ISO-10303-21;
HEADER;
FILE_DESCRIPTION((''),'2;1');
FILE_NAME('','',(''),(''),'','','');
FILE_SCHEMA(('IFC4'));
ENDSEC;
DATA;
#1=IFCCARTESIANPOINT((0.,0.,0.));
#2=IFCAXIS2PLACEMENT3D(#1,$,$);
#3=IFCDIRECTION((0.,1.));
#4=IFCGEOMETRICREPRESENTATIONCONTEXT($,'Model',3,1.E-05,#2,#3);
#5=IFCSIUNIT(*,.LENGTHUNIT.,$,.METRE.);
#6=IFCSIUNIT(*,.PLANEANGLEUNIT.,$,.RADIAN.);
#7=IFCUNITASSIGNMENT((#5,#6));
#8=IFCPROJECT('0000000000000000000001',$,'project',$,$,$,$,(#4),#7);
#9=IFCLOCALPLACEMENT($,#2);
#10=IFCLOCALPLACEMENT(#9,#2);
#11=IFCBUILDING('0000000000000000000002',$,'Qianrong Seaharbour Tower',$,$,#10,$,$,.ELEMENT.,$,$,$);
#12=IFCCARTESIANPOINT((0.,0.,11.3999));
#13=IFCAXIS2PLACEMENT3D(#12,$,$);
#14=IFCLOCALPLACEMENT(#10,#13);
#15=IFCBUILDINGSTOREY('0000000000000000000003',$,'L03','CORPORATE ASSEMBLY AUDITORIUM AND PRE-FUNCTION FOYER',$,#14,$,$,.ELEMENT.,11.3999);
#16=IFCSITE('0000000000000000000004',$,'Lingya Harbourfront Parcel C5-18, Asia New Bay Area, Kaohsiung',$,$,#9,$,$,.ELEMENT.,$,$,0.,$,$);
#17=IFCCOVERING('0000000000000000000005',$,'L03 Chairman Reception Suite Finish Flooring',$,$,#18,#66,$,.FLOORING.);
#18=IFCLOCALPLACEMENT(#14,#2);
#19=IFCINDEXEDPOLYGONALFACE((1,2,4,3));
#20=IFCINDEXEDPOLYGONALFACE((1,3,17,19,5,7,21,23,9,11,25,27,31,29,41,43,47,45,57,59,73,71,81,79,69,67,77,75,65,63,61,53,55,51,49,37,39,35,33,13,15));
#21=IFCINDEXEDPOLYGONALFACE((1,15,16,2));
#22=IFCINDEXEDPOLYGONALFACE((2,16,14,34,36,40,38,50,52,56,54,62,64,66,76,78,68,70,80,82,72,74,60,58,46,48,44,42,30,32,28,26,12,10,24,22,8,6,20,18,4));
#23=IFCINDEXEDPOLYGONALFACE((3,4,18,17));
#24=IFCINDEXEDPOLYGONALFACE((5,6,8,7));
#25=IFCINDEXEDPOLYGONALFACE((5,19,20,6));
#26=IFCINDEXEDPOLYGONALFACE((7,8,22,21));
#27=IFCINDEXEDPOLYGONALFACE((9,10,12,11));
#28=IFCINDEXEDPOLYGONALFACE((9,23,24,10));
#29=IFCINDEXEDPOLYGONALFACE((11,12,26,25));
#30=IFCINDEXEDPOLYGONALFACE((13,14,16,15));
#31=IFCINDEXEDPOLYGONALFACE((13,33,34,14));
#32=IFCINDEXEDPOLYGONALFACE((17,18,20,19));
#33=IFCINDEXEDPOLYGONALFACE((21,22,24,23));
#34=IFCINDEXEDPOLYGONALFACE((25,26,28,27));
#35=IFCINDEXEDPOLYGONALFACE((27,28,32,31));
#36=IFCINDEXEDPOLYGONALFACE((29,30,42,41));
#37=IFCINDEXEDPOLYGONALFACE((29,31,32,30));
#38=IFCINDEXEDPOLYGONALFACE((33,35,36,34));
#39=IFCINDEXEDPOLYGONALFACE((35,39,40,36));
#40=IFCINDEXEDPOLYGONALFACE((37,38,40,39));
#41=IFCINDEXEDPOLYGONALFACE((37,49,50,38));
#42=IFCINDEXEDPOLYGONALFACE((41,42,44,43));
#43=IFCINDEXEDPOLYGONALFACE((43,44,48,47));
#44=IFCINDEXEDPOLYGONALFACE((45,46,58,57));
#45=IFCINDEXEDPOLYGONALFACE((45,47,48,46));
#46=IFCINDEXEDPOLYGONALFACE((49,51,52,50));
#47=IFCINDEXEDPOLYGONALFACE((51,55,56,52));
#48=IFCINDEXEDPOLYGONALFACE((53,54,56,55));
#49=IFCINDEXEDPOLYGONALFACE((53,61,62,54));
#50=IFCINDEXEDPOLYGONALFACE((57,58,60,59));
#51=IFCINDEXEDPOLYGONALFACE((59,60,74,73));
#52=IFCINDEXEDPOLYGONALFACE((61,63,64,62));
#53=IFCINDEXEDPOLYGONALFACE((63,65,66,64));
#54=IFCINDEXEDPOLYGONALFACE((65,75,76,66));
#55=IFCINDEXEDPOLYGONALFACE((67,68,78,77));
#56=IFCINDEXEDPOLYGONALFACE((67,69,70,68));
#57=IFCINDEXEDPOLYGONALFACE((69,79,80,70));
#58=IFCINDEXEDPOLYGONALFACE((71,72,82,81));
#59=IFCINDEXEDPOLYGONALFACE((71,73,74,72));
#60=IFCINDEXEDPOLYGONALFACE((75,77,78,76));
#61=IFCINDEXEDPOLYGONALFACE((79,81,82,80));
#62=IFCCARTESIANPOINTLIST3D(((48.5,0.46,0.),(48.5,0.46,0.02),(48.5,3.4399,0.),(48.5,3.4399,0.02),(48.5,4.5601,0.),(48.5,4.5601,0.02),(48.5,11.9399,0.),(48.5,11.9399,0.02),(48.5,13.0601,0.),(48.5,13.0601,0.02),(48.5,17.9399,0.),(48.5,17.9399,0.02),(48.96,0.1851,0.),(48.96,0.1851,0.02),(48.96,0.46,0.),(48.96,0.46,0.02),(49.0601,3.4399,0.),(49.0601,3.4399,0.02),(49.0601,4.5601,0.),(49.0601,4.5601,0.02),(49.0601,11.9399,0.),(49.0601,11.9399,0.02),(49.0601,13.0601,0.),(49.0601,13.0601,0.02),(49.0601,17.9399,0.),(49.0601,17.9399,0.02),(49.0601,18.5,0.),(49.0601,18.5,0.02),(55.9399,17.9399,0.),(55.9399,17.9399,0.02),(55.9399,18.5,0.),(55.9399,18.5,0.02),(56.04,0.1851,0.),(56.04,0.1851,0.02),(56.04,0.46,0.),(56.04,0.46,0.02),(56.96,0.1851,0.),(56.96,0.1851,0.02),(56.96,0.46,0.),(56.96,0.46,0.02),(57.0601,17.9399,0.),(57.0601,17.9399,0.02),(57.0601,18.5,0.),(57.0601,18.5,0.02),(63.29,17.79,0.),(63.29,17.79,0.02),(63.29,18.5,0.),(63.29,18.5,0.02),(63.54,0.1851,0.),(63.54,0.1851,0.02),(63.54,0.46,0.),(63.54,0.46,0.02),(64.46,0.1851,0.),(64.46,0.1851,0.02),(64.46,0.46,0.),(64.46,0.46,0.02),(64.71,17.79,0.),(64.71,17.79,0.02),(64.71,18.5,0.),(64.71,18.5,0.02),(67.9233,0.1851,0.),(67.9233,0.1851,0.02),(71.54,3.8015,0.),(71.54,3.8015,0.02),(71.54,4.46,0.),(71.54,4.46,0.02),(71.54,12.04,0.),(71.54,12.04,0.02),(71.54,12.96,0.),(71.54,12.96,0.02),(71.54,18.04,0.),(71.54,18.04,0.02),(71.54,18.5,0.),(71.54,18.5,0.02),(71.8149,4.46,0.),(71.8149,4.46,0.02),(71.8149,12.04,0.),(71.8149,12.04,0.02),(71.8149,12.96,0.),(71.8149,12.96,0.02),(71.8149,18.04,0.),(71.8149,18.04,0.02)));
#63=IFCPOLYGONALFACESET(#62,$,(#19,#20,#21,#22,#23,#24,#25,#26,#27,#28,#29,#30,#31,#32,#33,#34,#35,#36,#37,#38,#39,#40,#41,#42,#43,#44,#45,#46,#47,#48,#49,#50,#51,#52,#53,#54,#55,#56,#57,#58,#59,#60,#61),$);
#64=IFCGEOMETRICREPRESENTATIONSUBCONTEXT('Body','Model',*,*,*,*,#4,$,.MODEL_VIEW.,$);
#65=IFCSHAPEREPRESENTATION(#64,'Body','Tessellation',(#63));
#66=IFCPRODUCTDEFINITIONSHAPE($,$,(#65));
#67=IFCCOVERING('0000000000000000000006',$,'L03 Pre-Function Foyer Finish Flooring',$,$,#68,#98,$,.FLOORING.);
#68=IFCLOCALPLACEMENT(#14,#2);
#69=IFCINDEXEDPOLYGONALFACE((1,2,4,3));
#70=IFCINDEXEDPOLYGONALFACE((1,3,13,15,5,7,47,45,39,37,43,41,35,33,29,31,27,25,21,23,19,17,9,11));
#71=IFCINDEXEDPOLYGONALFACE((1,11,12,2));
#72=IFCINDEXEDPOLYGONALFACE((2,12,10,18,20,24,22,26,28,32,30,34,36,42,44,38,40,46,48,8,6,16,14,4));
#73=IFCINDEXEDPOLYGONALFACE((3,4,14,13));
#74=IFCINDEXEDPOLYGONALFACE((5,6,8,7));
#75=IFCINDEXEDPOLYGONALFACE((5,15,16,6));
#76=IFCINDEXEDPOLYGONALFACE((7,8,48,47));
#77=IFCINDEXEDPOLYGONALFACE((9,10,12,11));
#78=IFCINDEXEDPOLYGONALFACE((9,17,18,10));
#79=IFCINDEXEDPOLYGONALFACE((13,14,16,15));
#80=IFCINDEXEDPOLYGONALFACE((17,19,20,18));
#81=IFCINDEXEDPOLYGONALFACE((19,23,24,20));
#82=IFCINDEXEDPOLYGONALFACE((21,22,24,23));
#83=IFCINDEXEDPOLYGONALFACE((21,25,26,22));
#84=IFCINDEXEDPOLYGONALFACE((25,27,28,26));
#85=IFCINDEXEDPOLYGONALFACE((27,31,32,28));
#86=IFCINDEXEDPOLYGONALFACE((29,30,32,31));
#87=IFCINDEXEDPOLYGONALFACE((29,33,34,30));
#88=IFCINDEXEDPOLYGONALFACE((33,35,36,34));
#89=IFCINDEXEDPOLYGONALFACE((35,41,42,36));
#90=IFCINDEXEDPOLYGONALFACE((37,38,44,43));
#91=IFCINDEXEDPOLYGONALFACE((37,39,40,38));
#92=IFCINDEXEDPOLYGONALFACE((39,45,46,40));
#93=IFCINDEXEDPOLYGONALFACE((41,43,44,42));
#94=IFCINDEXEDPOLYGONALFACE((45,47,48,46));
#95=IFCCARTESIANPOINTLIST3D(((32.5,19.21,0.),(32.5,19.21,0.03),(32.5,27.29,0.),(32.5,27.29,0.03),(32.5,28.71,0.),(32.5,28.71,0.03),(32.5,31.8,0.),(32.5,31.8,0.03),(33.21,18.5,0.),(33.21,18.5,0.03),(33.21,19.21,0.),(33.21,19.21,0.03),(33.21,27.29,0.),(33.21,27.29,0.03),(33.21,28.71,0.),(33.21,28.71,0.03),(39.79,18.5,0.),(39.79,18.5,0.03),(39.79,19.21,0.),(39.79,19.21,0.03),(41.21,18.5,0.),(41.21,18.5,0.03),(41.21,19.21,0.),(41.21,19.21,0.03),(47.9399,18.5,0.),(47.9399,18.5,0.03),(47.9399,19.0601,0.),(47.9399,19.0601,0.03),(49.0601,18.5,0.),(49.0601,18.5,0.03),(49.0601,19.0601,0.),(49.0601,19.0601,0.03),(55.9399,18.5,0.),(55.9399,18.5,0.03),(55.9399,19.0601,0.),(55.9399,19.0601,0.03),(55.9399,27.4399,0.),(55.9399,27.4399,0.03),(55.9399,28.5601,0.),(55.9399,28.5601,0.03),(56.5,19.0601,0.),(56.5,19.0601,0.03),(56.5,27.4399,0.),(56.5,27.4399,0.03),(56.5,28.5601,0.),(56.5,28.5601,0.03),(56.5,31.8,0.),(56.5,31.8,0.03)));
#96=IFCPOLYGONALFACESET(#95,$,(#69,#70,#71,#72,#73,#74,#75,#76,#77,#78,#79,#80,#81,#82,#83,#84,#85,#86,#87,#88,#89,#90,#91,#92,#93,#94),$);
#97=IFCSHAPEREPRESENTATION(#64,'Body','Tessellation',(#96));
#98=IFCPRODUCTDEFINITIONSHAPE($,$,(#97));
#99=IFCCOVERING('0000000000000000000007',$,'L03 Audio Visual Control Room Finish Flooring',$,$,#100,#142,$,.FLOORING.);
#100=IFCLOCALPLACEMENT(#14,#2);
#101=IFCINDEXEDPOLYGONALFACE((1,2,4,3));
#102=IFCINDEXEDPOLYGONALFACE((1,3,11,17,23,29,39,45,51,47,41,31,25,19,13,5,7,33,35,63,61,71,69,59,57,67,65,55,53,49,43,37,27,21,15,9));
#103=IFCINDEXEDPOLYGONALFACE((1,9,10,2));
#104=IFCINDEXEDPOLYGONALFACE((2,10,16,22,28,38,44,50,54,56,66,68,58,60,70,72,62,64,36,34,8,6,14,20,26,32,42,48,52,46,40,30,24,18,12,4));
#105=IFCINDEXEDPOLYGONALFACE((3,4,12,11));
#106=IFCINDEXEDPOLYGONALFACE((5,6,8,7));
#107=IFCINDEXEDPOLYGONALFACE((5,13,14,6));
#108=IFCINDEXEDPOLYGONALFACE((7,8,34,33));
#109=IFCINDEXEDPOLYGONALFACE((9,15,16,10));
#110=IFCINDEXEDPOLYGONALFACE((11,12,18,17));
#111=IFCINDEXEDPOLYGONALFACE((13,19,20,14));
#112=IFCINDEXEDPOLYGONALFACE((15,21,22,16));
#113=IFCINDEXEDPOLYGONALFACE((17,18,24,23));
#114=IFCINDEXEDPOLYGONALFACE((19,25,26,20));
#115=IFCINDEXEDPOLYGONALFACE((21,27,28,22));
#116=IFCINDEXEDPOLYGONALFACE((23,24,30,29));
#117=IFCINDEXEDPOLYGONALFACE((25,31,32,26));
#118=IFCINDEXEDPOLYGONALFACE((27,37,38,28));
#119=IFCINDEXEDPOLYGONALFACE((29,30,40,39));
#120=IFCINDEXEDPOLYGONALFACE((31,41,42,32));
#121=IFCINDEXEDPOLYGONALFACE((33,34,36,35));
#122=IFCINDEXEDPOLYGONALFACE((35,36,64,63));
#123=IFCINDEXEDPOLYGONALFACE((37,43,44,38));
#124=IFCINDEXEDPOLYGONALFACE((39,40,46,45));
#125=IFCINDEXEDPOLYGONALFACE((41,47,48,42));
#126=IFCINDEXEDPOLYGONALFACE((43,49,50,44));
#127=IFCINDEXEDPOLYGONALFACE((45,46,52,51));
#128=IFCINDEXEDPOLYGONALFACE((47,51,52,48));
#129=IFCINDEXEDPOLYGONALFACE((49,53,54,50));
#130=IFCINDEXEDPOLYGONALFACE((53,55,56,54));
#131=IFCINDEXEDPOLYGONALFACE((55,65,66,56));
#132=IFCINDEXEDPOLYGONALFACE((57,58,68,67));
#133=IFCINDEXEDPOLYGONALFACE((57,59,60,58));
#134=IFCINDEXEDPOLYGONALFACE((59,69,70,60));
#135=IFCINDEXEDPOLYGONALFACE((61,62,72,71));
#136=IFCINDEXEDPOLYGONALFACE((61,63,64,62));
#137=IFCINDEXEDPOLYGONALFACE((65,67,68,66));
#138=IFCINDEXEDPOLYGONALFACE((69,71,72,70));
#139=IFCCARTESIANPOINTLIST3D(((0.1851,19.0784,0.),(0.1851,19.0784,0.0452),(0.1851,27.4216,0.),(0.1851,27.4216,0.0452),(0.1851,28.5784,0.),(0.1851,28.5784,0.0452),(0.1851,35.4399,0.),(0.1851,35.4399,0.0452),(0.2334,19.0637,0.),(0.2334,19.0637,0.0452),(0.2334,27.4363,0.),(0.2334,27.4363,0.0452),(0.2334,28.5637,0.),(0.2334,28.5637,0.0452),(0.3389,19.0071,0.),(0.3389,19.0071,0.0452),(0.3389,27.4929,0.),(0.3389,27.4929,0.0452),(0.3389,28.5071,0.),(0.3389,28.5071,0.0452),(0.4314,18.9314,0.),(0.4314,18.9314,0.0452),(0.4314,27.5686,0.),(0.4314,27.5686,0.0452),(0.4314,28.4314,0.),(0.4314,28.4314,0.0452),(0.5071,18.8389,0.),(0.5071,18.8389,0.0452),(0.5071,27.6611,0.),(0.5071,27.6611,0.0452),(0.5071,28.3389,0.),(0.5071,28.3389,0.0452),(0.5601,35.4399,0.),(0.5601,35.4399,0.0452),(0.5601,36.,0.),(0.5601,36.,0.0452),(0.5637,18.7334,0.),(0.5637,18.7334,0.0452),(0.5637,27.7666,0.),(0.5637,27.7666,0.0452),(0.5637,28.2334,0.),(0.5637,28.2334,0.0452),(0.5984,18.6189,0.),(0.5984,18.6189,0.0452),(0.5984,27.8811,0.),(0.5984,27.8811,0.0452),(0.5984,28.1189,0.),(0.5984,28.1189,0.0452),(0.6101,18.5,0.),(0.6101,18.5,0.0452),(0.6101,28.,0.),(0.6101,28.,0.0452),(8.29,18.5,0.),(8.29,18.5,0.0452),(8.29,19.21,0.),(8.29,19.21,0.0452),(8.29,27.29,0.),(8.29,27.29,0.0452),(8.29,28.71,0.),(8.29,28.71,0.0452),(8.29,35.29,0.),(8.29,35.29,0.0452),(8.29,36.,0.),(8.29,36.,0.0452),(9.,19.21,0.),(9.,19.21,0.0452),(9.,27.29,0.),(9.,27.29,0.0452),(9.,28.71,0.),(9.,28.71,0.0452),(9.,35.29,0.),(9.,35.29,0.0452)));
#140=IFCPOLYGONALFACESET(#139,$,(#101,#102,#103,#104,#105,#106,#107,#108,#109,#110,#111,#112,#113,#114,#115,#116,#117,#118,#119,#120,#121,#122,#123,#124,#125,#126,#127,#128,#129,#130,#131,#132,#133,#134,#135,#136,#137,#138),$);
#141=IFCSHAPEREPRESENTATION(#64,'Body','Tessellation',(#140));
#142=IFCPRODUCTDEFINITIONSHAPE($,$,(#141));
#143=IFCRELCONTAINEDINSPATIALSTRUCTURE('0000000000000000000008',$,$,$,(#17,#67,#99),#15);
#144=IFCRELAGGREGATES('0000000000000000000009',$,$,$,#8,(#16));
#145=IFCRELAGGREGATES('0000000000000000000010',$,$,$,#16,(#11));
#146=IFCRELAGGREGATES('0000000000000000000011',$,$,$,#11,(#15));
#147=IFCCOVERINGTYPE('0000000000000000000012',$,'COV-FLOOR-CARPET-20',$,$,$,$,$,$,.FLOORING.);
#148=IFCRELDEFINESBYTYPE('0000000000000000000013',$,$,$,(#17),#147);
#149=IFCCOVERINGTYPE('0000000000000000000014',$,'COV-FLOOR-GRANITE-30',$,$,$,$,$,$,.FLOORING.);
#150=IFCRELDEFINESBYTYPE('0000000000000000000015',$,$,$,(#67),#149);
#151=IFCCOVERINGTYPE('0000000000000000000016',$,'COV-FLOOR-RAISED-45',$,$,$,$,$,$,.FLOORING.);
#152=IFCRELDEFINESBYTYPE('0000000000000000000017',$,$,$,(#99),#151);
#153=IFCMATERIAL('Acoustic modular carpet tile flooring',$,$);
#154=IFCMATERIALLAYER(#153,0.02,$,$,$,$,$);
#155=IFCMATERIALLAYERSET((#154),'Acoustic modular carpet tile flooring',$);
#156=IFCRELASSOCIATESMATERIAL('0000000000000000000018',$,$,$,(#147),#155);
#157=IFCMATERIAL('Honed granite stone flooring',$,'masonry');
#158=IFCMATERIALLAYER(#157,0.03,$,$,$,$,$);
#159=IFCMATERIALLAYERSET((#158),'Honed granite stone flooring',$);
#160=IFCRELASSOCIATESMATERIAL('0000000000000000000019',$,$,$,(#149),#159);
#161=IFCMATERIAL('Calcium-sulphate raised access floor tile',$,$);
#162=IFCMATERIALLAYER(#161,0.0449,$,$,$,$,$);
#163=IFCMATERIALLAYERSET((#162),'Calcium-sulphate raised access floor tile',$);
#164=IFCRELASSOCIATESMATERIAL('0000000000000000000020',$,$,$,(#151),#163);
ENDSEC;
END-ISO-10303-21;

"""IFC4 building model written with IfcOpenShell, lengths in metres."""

from ifc_helpers import new_model, si_unit, direction, frame, origin, place, context, subcontext, project, spatial, polyline, outline, extrude, material, layer, layer_set, type_object, element, save


model = new_model("IFC4")

# Units and contexts
model_context = context("Model", 3, precision=1e-05, world=origin(), true_north=direction((0.0, 1.0)))
body_context = subcontext(model_context, "Body", "Model", "MODEL_VIEW")
ifc_project = project(units=[si_unit("LENGTHUNIT", "METRE"), si_unit("PLANEANGLEUNIT", "RADIAN")], contexts=[model_context])

# Site, building, storey
site_placement = place(None, origin())
site = spatial("IfcSite", under=ifc_project, at=site_placement, Name="Lingya Harbourfront Parcel C5-18, Asia New Bay Area, Kaohsiung", CompositionType="ELEMENT", RefElevation=0.0)
building_placement = place(site_placement, origin())
building = spatial("IfcBuilding", under=site, at=building_placement, Name="Qianrong Seaharbour Tower", CompositionType="ELEMENT")
storey_placement = place(building_placement, frame((0.0, 0.0, 11.3999)))
storey = spatial("IfcBuildingStorey", under=building, at=storey_placement, Name="L03", Description="CORPORATE ASSEMBLY AUDITORIUM AND PRE-FUNCTION FOYER", CompositionType="ELEMENT", Elevation=11.3999)

# Coverings
ifc_material_1 = material(Name="Acoustic modular carpet tile flooring")
ifc_layer_1 = layer(ifc_material_1, 0.02)
ifc_layer_set_1 = layer_set([ifc_layer_1], Name="Acoustic modular carpet tile flooring")
covering_type_1 = type_object("IfcCoveringType", Name="COV-FLOOR-CARPET-20", PredefinedType="FLOORING", material=ifc_layer_set_1)
covering_1_placement = place(storey_placement, origin())
element("IfcCovering", 1, at=covering_1_placement, inside=storey, type_object=covering_type_1, Name="L03 Chairman Reception Suite Finish Flooring", PredefinedType="FLOORING", context=body_context, shape_type="SweptSolid", body=[
    extrude(outline(polyline([(71.8149, 12.96), (71.54, 12.96), (71.54, 12.04), (71.8149, 12.04), (71.8149, 4.46), (71.54, 4.46), (71.54, 3.8015), (67.9233, 0.1851), (64.46, 0.1851), (64.46, 0.46), (63.54, 0.46), (63.54, 0.1851), (56.96, 0.1851), (56.96, 0.46), (56.04, 0.46), (56.04, 0.1851), (48.96, 0.1851), (48.96, 0.46), (48.5, 0.46), (48.5, 3.4399), (49.0601, 3.4399), (49.0601, 4.5601), (48.5, 4.5601), (48.5, 11.9399), (49.0601, 11.9399), (49.0601, 13.0601), (48.5, 13.0601), (48.5, 17.9399), (49.0601, 17.9399), (49.0601, 18.5), (55.9399, 18.5), (55.9399, 17.9399), (57.0601, 17.9399), (57.0601, 18.5), (63.29, 18.5), (63.29, 17.79), (64.71, 17.79), (64.71, 18.5), (71.54, 18.5), (71.54, 18.04), (71.8149, 18.04), (71.8149, 12.96)])), origin(), (0.0, 0.0, 1.0), 0.02),
])
ifc_material_2 = material(Name="Honed granite stone flooring", Category="masonry")
ifc_layer_2 = layer(ifc_material_2, 0.03)
ifc_layer_set_2 = layer_set([ifc_layer_2], Name="Honed granite stone flooring")
covering_type_2 = type_object("IfcCoveringType", Name="COV-FLOOR-GRANITE-30", PredefinedType="FLOORING", material=ifc_layer_set_2)
covering_2_placement = place(storey_placement, origin())
element("IfcCovering", 2, at=covering_2_placement, inside=storey, type_object=covering_type_2, Name="L03 Pre-Function Foyer Finish Flooring", PredefinedType="FLOORING", context=body_context, shape_type="SweptSolid", body=[
    extrude(outline(polyline([(56.5, 31.8), (56.5, 28.5601), (55.9399, 28.5601), (55.9399, 27.4399), (56.5, 27.4399), (56.5, 19.0601), (55.9399, 19.0601), (55.9399, 18.5), (49.0601, 18.5), (49.0601, 19.0601), (47.9399, 19.0601), (47.9399, 18.5), (41.21, 18.5), (41.21, 19.21), (39.79, 19.21), (39.79, 18.5), (33.21, 18.5), (33.21, 19.21), (32.5, 19.21), (32.5, 27.29), (33.21, 27.29), (33.21, 28.71), (32.5, 28.71), (32.5, 31.8), (56.5, 31.8)])), origin(), (0.0, 0.0, 1.0), 0.03),
])
ifc_material_3 = material(Name="Calcium-sulphate raised access floor tile")
ifc_layer_3 = layer(ifc_material_3, 0.0449)
ifc_layer_set_3 = layer_set([ifc_layer_3], Name="Calcium-sulphate raised access floor tile")
covering_type_3 = type_object("IfcCoveringType", Name="COV-FLOOR-RAISED-45", PredefinedType="FLOORING", material=ifc_layer_set_3)
covering_3_placement = place(storey_placement, origin())
element("IfcCovering", 3, at=covering_3_placement, inside=storey, type_object=covering_type_3, Name="L03 Audio Visual Control Room Finish Flooring", PredefinedType="FLOORING", context=body_context, shape_type="SweptSolid", body=[
    extrude(outline(polyline([(0.6101, 18.5), (0.5984, 18.6189), (0.5637, 18.7334), (0.5071, 18.8389), (0.4314, 18.9314), (0.3389, 19.0071), (0.2334, 19.0637), (0.1851, 19.0784), (0.1851, 27.4216), (0.2334, 27.4363), (0.3389, 27.4929), (0.4314, 27.5686), (0.5071, 27.6611), (0.5637, 27.7666), (0.5984, 27.8811), (0.6101, 28.0), (0.5984, 28.1189), (0.5637, 28.2334), (0.5071, 28.3389), (0.4314, 28.4314), (0.3389, 28.5071), (0.2334, 28.5637), (0.1851, 28.5784), (0.1851, 35.4399), (0.5601, 35.4399), (0.5601, 36.0), (8.29, 36.0), (8.29, 35.29), (9.0, 35.29), (9.0, 28.71), (8.29, 28.71), (8.29, 27.29), (9.0, 27.29), (9.0, 19.21), (8.29, 19.21), (8.29, 18.5), (0.6101, 18.5)])), origin(), (0.0, 0.0, 1.0), 0.0452),
])

save(model, "model.ifc")
